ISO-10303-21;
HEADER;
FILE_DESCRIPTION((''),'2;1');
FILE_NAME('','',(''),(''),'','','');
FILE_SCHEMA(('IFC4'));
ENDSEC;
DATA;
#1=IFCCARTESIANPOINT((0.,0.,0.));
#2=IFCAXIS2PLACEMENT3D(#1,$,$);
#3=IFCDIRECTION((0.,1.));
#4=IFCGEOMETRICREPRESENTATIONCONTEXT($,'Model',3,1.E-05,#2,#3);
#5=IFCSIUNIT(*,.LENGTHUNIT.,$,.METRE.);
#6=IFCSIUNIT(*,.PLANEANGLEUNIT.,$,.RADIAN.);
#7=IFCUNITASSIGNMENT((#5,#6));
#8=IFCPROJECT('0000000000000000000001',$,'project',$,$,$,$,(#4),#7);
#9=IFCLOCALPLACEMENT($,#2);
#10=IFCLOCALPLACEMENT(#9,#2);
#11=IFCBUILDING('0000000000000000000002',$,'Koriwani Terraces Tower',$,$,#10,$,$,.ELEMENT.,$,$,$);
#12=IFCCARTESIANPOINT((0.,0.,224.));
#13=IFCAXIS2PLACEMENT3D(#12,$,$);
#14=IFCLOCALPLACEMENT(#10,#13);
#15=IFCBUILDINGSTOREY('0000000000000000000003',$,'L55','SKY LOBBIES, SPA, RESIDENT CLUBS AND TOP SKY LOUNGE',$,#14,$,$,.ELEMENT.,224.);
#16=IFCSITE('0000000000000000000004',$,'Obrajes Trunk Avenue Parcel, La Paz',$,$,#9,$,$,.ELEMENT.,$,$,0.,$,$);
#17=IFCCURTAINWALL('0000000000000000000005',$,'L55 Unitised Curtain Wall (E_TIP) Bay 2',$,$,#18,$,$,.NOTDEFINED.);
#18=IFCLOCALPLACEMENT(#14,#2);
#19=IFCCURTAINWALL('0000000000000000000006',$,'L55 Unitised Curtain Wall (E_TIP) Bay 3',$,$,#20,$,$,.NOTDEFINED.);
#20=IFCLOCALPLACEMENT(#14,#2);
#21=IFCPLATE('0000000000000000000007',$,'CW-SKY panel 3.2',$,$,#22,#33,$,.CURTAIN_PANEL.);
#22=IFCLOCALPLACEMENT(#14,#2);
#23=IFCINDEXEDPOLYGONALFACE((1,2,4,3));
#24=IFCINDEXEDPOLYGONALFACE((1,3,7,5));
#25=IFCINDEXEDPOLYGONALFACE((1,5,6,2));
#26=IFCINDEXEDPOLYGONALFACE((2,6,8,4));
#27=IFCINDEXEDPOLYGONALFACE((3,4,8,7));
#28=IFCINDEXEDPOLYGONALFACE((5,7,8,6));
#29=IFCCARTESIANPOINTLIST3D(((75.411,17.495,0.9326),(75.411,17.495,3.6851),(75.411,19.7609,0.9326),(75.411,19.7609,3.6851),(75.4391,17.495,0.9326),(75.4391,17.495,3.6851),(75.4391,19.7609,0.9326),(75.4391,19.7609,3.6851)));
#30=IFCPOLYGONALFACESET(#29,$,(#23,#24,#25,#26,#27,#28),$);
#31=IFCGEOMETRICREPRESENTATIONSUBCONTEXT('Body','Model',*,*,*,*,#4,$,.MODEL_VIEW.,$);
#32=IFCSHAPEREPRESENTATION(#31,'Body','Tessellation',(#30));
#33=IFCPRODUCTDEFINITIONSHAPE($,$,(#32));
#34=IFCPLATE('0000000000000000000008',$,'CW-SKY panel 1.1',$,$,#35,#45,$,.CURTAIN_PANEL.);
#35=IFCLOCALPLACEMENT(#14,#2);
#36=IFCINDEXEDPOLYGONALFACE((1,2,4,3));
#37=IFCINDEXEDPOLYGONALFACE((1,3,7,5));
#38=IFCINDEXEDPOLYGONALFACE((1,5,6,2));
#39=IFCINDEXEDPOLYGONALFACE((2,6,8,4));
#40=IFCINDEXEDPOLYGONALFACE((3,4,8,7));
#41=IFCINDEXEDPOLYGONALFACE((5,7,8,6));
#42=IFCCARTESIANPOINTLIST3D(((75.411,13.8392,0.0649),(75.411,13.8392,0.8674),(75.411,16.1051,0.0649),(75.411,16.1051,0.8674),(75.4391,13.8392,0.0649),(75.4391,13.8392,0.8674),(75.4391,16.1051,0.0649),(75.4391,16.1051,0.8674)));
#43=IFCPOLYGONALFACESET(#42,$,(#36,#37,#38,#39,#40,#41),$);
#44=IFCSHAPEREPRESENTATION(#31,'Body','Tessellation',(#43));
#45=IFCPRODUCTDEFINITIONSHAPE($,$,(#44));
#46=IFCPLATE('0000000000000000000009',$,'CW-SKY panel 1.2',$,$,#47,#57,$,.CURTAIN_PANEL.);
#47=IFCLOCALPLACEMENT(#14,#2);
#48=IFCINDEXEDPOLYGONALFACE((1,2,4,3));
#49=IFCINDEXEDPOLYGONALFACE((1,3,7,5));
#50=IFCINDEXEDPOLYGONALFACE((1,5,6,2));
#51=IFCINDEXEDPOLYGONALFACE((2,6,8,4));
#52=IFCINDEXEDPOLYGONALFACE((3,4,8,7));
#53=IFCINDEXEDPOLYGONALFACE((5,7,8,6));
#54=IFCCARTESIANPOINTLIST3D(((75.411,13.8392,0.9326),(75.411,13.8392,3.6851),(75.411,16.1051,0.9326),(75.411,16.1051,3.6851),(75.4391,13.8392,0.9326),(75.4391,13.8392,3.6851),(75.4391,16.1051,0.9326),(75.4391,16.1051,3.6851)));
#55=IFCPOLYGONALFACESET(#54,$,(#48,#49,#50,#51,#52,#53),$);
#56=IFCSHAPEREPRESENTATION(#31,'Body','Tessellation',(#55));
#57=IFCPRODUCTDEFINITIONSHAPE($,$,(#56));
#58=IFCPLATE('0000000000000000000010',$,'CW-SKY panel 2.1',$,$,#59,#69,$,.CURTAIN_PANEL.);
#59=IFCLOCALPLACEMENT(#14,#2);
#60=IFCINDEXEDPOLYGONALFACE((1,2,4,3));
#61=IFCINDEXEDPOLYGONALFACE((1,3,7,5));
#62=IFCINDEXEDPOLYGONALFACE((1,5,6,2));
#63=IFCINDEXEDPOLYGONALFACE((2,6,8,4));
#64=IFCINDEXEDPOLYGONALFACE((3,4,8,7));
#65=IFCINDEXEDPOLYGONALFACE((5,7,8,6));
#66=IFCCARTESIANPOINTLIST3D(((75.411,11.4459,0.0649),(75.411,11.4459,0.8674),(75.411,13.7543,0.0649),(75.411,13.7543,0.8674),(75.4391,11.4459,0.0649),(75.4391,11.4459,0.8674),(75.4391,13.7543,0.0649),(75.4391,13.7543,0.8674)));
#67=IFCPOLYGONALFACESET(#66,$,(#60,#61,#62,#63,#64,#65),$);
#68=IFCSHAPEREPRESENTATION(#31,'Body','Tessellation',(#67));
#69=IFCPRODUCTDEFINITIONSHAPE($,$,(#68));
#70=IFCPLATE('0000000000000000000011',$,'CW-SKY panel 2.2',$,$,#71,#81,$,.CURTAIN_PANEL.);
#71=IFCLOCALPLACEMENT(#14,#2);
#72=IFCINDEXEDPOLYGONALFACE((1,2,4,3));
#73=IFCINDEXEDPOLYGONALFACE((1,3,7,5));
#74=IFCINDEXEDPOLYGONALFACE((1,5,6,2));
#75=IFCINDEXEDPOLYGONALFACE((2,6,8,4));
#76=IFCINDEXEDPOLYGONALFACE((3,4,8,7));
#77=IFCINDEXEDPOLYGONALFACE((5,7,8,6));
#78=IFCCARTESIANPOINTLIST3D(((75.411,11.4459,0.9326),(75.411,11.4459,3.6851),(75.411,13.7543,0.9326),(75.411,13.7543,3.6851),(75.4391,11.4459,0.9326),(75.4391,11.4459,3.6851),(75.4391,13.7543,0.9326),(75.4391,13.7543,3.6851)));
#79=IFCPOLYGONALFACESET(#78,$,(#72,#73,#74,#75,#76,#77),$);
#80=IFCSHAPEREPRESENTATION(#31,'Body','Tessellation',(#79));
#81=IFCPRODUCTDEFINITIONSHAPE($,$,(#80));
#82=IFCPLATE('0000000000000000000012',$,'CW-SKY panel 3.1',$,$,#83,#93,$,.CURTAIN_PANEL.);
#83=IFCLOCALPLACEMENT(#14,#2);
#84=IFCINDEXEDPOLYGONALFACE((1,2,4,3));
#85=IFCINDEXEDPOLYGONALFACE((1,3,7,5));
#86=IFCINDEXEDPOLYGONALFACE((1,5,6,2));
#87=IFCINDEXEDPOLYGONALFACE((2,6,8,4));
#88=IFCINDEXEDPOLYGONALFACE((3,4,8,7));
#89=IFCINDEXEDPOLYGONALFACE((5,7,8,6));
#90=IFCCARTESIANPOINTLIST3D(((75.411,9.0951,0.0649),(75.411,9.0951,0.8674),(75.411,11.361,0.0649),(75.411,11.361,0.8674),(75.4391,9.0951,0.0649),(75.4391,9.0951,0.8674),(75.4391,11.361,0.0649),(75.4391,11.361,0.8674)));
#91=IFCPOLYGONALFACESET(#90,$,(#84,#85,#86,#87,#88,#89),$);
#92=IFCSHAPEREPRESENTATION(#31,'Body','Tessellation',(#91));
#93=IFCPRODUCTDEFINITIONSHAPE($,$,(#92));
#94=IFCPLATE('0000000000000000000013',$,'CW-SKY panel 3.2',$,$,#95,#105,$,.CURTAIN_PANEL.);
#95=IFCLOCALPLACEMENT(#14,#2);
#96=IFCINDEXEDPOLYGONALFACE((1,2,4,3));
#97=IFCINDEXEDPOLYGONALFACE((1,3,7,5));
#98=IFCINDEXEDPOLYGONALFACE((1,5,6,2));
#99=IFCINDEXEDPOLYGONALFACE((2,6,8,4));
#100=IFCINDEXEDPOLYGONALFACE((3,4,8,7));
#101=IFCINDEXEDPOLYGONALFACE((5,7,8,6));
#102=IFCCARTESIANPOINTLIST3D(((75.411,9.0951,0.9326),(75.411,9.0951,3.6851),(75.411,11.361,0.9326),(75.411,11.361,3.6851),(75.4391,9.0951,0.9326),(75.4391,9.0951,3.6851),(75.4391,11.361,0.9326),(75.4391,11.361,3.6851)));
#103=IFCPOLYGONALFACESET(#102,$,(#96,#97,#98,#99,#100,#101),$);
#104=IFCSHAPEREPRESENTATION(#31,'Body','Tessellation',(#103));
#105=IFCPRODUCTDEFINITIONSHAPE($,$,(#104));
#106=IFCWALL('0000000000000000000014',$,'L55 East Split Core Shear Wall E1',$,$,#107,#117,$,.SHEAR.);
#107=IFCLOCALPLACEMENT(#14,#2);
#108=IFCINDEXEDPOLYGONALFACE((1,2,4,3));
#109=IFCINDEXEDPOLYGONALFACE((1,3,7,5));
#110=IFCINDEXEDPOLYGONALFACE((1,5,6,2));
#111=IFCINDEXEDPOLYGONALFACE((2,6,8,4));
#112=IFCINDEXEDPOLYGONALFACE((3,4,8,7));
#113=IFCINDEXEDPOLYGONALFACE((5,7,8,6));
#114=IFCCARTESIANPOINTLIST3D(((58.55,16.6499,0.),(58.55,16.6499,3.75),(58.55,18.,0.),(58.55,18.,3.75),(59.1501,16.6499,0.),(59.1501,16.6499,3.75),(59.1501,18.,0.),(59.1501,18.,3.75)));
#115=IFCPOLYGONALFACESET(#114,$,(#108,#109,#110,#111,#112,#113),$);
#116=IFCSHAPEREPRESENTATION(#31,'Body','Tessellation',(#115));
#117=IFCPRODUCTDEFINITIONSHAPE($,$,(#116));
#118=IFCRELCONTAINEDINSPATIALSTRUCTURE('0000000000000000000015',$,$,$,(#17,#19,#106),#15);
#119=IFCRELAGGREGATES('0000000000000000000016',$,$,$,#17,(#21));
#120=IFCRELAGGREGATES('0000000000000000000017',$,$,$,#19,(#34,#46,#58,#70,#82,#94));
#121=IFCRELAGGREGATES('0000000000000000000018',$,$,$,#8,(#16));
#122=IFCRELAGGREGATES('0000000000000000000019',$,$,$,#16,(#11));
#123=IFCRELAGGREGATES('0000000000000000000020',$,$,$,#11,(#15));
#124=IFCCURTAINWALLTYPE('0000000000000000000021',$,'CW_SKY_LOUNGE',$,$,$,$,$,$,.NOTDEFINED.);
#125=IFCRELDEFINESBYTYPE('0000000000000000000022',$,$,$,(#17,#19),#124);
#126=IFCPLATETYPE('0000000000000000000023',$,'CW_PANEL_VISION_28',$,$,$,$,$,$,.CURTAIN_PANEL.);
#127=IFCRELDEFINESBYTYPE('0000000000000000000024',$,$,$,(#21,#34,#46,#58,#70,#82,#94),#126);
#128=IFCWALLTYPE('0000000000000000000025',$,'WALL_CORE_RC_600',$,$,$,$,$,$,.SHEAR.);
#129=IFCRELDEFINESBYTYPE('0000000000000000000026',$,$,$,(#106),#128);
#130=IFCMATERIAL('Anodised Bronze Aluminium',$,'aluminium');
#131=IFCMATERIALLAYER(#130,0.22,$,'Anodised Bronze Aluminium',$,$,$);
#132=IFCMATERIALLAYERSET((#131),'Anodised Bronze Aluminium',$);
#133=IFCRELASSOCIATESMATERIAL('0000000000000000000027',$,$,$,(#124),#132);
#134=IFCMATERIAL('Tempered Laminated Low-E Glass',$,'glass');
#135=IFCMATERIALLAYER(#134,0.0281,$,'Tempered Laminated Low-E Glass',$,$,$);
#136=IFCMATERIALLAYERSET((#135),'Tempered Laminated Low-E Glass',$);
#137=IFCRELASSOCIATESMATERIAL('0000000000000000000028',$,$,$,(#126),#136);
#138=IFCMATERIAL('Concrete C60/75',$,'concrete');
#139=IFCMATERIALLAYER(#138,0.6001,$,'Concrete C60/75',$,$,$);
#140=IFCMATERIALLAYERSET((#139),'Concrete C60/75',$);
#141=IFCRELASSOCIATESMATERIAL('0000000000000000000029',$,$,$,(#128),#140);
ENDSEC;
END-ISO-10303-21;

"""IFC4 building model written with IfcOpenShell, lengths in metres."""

from ifc_helpers import new_model, si_unit, direction, frame, frame_2d, origin, origin_2d, place, context, subcontext, project, spatial, rectangle, extrude, material, layer, layer_set, type_object, element, aggregate, save


model = new_model("IFC4")

# Units and contexts
model_context = context("Model", 3, precision=1e-05, world=origin(), true_north=direction((0.0, 1.0)))
body_context = subcontext(model_context, "Body", "Model", "MODEL_VIEW")
ifc_project = project(units=[si_unit("LENGTHUNIT", "METRE"), si_unit("PLANEANGLEUNIT", "RADIAN")], contexts=[model_context])

# Site, building, storey
site_placement = place(None, origin())
site = spatial("IfcSite", under=ifc_project, at=site_placement, Name="Obrajes Trunk Avenue Parcel, La Paz", CompositionType="ELEMENT", RefElevation=0.0)
building_placement = place(site_placement, origin())
building = spatial("IfcBuilding", under=site, at=building_placement, Name="Koriwani Terraces Tower", CompositionType="ELEMENT")
storey_placement = place(building_placement, frame((0.0, 0.0, 224.0)))
storey = spatial("IfcBuildingStorey", under=building, at=storey_placement, Name="L55", Description="SKY LOBBIES, SPA, RESIDENT CLUBS AND TOP SKY LOUNGE", CompositionType="ELEMENT", Elevation=224.0)

# Shared definitions
ifc_material_1 = material(Name="Concrete C60/75", Category="concrete")

# Curtain wall
ifc_material_2 = material(Name="Anodised Bronze Aluminium", Category="aluminium")
ifc_layer_1 = layer(ifc_material_2, 0.22, Name="Anodised Bronze Aluminium")
ifc_layer_set_1 = layer_set([ifc_layer_1], Name="Anodised Bronze Aluminium")
curtain_wall_type = type_object("IfcCurtainWallType", Name="CW_SKY_LOUNGE", PredefinedType="NOTDEFINED", material=ifc_layer_set_1)
curtain_wall_1_placement = place(storey_placement, origin())
curtain_wall_1 = element("IfcCurtainWall", 1, at=curtain_wall_1_placement, inside=storey, type_object=curtain_wall_type, Name="L55 Unitised Curtain Wall (E_TIP) Bay 2", PredefinedType="NOTDEFINED")

# Curtain wall
curtain_wall_2_placement = place(storey_placement, origin())
curtain_wall_2 = element("IfcCurtainWall", 2, at=curtain_wall_2_placement, inside=storey, type_object=curtain_wall_type, Name="L55 Unitised Curtain Wall (E_TIP) Bay 3", PredefinedType="NOTDEFINED")

# Plates
ifc_material_3 = material(Name="Tempered Laminated Low-E Glass", Category="glass")
ifc_layer_2 = layer(ifc_material_3, 0.0281, Name="Tempered Laminated Low-E Glass")
ifc_layer_set_2 = layer_set([ifc_layer_2], Name="Tempered Laminated Low-E Glass")
plate_type = type_object("IfcPlateType", Name="CW_PANEL_VISION_28", PredefinedType="CURTAIN_PANEL", material=ifc_layer_set_2)
plate_1_placement = place(storey_placement, frame((75.425, 18.6279, 0.9326), z_axis=(0.0, 0.0, 1.0), x_axis=(0.0, -1.0, 0.0)))
plate_1 = element("IfcPlate", 3, at=plate_1_placement, type_object=plate_type, Name="CW-SKY panel 3.2", PredefinedType="CURTAIN_PANEL", context=body_context, shape_type="SweptSolid", body=[
    extrude(rectangle(XDim=2.2659, YDim=0.0281, at=origin_2d()), origin(), (0.0, 0.0, 1.0), 2.7524),
])
aggregate(curtain_wall_1, [plate_1])
plate_2_placement = place(storey_placement, frame((75.425, 14.9722, 0.0649), z_axis=(0.0, 0.0, 1.0), x_axis=(0.0, -1.0, 0.0)))
plate_2 = element("IfcPlate", 4, at=plate_2_placement, type_object=plate_type, Name="CW-SKY panel 1.1", PredefinedType="CURTAIN_PANEL", context=body_context, shape_type="SweptSolid", body=[
    extrude(rectangle(XDim=2.2659, YDim=0.0281, at=origin_2d()), origin(), (0.0, 0.0, 1.0), 0.8025),
])
plate_3_placement = place(storey_placement, frame((75.425, 14.9722, 0.9326), z_axis=(0.0, 0.0, 1.0), x_axis=(0.0, -1.0, 0.0)))
plate_3 = element("IfcPlate", 5, at=plate_3_placement, type_object=plate_type, Name="CW-SKY panel 1.2", PredefinedType="CURTAIN_PANEL", context=body_context, shape_type="SweptSolid", body=[
    extrude(rectangle(XDim=2.2659, YDim=0.0281, at=origin_2d()), origin(), (0.0, 0.0, 1.0), 2.7524),
])
plate_4_placement = place(storey_placement, frame((75.425, 12.6001, 0.0649), z_axis=(0.0, 0.0, 1.0), x_axis=(0.0, -1.0, 0.0)))
plate_4 = element("IfcPlate", 6, at=plate_4_placement, type_object=plate_type, Name="CW-SKY panel 2.1", PredefinedType="CURTAIN_PANEL", context=body_context, shape_type="SweptSolid", body=[
    extrude(rectangle(XDim=2.3083, YDim=0.0281, at=origin_2d()), origin(), (0.0, 0.0, 1.0), 0.8025),
])
plate_5_placement = place(storey_placement, frame((75.425, 12.6001, 0.9326), z_axis=(0.0, 0.0, 1.0), x_axis=(0.0, -1.0, 0.0)))
plate_5 = element("IfcPlate", 7, at=plate_5_placement, type_object=plate_type, Name="CW-SKY panel 2.2", PredefinedType="CURTAIN_PANEL", context=body_context, shape_type="SweptSolid", body=[
    extrude(rectangle(XDim=2.3083, YDim=0.0281, at=origin_2d()), origin(), (0.0, 0.0, 1.0), 2.7524),
])
plate_6_placement = place(storey_placement, frame((75.425, 10.228, 0.0649), z_axis=(0.0, 0.0, 1.0), x_axis=(0.0, -1.0, 0.0)))
plate_6 = element("IfcPlate", 8, at=plate_6_placement, type_object=plate_type, Name="CW-SKY panel 3.1", PredefinedType="CURTAIN_PANEL", context=body_context, shape_type="SweptSolid", body=[
    extrude(rectangle(XDim=2.2659, YDim=0.0281, at=origin_2d()), origin(), (0.0, 0.0, 1.0), 0.8025),
])
plate_7_placement = place(storey_placement, frame((75.425, 10.228, 0.9326), z_axis=(0.0, 0.0, 1.0), x_axis=(0.0, -1.0, 0.0)))
plate_7 = element("IfcPlate", 9, at=plate_7_placement, type_object=plate_type, Name="CW-SKY panel 3.2", PredefinedType="CURTAIN_PANEL", context=body_context, shape_type="SweptSolid", body=[
    extrude(rectangle(XDim=2.2659, YDim=0.0281, at=origin_2d()), origin(), (0.0, 0.0, 1.0), 2.7524),
])
aggregate(curtain_wall_2, [plate_2, plate_3, plate_4, plate_5, plate_6, plate_7])

# Wall
ifc_layer_3 = layer(ifc_material_1, 0.6001, Name="Concrete C60/75")
ifc_layer_set_3 = layer_set([ifc_layer_3], Name="Concrete C60/75")
wall_type = type_object("IfcWallType", Name="WALL_CORE_RC_600", PredefinedType="SHEAR", material=ifc_layer_set_3)
wall_placement = place(storey_placement, frame((58.8501, 16.6499, 0.0), z_axis=(0.0, 0.0, 1.0), x_axis=(0.0, 1.0, 0.0)))
element("IfcWall", 10, at=wall_placement, inside=storey, type_object=wall_type, Name="L55 East Split Core Shear Wall E1", PredefinedType="SHEAR", context=body_context, shape_type="SweptSolid", body=[
    extrude(rectangle(XDim=1.3501, YDim=0.6001, at=frame_2d((0.675, 0.0))), origin(), (0.0, 0.0, 1.0), 3.75),
])

save(model, "model.ifc")
